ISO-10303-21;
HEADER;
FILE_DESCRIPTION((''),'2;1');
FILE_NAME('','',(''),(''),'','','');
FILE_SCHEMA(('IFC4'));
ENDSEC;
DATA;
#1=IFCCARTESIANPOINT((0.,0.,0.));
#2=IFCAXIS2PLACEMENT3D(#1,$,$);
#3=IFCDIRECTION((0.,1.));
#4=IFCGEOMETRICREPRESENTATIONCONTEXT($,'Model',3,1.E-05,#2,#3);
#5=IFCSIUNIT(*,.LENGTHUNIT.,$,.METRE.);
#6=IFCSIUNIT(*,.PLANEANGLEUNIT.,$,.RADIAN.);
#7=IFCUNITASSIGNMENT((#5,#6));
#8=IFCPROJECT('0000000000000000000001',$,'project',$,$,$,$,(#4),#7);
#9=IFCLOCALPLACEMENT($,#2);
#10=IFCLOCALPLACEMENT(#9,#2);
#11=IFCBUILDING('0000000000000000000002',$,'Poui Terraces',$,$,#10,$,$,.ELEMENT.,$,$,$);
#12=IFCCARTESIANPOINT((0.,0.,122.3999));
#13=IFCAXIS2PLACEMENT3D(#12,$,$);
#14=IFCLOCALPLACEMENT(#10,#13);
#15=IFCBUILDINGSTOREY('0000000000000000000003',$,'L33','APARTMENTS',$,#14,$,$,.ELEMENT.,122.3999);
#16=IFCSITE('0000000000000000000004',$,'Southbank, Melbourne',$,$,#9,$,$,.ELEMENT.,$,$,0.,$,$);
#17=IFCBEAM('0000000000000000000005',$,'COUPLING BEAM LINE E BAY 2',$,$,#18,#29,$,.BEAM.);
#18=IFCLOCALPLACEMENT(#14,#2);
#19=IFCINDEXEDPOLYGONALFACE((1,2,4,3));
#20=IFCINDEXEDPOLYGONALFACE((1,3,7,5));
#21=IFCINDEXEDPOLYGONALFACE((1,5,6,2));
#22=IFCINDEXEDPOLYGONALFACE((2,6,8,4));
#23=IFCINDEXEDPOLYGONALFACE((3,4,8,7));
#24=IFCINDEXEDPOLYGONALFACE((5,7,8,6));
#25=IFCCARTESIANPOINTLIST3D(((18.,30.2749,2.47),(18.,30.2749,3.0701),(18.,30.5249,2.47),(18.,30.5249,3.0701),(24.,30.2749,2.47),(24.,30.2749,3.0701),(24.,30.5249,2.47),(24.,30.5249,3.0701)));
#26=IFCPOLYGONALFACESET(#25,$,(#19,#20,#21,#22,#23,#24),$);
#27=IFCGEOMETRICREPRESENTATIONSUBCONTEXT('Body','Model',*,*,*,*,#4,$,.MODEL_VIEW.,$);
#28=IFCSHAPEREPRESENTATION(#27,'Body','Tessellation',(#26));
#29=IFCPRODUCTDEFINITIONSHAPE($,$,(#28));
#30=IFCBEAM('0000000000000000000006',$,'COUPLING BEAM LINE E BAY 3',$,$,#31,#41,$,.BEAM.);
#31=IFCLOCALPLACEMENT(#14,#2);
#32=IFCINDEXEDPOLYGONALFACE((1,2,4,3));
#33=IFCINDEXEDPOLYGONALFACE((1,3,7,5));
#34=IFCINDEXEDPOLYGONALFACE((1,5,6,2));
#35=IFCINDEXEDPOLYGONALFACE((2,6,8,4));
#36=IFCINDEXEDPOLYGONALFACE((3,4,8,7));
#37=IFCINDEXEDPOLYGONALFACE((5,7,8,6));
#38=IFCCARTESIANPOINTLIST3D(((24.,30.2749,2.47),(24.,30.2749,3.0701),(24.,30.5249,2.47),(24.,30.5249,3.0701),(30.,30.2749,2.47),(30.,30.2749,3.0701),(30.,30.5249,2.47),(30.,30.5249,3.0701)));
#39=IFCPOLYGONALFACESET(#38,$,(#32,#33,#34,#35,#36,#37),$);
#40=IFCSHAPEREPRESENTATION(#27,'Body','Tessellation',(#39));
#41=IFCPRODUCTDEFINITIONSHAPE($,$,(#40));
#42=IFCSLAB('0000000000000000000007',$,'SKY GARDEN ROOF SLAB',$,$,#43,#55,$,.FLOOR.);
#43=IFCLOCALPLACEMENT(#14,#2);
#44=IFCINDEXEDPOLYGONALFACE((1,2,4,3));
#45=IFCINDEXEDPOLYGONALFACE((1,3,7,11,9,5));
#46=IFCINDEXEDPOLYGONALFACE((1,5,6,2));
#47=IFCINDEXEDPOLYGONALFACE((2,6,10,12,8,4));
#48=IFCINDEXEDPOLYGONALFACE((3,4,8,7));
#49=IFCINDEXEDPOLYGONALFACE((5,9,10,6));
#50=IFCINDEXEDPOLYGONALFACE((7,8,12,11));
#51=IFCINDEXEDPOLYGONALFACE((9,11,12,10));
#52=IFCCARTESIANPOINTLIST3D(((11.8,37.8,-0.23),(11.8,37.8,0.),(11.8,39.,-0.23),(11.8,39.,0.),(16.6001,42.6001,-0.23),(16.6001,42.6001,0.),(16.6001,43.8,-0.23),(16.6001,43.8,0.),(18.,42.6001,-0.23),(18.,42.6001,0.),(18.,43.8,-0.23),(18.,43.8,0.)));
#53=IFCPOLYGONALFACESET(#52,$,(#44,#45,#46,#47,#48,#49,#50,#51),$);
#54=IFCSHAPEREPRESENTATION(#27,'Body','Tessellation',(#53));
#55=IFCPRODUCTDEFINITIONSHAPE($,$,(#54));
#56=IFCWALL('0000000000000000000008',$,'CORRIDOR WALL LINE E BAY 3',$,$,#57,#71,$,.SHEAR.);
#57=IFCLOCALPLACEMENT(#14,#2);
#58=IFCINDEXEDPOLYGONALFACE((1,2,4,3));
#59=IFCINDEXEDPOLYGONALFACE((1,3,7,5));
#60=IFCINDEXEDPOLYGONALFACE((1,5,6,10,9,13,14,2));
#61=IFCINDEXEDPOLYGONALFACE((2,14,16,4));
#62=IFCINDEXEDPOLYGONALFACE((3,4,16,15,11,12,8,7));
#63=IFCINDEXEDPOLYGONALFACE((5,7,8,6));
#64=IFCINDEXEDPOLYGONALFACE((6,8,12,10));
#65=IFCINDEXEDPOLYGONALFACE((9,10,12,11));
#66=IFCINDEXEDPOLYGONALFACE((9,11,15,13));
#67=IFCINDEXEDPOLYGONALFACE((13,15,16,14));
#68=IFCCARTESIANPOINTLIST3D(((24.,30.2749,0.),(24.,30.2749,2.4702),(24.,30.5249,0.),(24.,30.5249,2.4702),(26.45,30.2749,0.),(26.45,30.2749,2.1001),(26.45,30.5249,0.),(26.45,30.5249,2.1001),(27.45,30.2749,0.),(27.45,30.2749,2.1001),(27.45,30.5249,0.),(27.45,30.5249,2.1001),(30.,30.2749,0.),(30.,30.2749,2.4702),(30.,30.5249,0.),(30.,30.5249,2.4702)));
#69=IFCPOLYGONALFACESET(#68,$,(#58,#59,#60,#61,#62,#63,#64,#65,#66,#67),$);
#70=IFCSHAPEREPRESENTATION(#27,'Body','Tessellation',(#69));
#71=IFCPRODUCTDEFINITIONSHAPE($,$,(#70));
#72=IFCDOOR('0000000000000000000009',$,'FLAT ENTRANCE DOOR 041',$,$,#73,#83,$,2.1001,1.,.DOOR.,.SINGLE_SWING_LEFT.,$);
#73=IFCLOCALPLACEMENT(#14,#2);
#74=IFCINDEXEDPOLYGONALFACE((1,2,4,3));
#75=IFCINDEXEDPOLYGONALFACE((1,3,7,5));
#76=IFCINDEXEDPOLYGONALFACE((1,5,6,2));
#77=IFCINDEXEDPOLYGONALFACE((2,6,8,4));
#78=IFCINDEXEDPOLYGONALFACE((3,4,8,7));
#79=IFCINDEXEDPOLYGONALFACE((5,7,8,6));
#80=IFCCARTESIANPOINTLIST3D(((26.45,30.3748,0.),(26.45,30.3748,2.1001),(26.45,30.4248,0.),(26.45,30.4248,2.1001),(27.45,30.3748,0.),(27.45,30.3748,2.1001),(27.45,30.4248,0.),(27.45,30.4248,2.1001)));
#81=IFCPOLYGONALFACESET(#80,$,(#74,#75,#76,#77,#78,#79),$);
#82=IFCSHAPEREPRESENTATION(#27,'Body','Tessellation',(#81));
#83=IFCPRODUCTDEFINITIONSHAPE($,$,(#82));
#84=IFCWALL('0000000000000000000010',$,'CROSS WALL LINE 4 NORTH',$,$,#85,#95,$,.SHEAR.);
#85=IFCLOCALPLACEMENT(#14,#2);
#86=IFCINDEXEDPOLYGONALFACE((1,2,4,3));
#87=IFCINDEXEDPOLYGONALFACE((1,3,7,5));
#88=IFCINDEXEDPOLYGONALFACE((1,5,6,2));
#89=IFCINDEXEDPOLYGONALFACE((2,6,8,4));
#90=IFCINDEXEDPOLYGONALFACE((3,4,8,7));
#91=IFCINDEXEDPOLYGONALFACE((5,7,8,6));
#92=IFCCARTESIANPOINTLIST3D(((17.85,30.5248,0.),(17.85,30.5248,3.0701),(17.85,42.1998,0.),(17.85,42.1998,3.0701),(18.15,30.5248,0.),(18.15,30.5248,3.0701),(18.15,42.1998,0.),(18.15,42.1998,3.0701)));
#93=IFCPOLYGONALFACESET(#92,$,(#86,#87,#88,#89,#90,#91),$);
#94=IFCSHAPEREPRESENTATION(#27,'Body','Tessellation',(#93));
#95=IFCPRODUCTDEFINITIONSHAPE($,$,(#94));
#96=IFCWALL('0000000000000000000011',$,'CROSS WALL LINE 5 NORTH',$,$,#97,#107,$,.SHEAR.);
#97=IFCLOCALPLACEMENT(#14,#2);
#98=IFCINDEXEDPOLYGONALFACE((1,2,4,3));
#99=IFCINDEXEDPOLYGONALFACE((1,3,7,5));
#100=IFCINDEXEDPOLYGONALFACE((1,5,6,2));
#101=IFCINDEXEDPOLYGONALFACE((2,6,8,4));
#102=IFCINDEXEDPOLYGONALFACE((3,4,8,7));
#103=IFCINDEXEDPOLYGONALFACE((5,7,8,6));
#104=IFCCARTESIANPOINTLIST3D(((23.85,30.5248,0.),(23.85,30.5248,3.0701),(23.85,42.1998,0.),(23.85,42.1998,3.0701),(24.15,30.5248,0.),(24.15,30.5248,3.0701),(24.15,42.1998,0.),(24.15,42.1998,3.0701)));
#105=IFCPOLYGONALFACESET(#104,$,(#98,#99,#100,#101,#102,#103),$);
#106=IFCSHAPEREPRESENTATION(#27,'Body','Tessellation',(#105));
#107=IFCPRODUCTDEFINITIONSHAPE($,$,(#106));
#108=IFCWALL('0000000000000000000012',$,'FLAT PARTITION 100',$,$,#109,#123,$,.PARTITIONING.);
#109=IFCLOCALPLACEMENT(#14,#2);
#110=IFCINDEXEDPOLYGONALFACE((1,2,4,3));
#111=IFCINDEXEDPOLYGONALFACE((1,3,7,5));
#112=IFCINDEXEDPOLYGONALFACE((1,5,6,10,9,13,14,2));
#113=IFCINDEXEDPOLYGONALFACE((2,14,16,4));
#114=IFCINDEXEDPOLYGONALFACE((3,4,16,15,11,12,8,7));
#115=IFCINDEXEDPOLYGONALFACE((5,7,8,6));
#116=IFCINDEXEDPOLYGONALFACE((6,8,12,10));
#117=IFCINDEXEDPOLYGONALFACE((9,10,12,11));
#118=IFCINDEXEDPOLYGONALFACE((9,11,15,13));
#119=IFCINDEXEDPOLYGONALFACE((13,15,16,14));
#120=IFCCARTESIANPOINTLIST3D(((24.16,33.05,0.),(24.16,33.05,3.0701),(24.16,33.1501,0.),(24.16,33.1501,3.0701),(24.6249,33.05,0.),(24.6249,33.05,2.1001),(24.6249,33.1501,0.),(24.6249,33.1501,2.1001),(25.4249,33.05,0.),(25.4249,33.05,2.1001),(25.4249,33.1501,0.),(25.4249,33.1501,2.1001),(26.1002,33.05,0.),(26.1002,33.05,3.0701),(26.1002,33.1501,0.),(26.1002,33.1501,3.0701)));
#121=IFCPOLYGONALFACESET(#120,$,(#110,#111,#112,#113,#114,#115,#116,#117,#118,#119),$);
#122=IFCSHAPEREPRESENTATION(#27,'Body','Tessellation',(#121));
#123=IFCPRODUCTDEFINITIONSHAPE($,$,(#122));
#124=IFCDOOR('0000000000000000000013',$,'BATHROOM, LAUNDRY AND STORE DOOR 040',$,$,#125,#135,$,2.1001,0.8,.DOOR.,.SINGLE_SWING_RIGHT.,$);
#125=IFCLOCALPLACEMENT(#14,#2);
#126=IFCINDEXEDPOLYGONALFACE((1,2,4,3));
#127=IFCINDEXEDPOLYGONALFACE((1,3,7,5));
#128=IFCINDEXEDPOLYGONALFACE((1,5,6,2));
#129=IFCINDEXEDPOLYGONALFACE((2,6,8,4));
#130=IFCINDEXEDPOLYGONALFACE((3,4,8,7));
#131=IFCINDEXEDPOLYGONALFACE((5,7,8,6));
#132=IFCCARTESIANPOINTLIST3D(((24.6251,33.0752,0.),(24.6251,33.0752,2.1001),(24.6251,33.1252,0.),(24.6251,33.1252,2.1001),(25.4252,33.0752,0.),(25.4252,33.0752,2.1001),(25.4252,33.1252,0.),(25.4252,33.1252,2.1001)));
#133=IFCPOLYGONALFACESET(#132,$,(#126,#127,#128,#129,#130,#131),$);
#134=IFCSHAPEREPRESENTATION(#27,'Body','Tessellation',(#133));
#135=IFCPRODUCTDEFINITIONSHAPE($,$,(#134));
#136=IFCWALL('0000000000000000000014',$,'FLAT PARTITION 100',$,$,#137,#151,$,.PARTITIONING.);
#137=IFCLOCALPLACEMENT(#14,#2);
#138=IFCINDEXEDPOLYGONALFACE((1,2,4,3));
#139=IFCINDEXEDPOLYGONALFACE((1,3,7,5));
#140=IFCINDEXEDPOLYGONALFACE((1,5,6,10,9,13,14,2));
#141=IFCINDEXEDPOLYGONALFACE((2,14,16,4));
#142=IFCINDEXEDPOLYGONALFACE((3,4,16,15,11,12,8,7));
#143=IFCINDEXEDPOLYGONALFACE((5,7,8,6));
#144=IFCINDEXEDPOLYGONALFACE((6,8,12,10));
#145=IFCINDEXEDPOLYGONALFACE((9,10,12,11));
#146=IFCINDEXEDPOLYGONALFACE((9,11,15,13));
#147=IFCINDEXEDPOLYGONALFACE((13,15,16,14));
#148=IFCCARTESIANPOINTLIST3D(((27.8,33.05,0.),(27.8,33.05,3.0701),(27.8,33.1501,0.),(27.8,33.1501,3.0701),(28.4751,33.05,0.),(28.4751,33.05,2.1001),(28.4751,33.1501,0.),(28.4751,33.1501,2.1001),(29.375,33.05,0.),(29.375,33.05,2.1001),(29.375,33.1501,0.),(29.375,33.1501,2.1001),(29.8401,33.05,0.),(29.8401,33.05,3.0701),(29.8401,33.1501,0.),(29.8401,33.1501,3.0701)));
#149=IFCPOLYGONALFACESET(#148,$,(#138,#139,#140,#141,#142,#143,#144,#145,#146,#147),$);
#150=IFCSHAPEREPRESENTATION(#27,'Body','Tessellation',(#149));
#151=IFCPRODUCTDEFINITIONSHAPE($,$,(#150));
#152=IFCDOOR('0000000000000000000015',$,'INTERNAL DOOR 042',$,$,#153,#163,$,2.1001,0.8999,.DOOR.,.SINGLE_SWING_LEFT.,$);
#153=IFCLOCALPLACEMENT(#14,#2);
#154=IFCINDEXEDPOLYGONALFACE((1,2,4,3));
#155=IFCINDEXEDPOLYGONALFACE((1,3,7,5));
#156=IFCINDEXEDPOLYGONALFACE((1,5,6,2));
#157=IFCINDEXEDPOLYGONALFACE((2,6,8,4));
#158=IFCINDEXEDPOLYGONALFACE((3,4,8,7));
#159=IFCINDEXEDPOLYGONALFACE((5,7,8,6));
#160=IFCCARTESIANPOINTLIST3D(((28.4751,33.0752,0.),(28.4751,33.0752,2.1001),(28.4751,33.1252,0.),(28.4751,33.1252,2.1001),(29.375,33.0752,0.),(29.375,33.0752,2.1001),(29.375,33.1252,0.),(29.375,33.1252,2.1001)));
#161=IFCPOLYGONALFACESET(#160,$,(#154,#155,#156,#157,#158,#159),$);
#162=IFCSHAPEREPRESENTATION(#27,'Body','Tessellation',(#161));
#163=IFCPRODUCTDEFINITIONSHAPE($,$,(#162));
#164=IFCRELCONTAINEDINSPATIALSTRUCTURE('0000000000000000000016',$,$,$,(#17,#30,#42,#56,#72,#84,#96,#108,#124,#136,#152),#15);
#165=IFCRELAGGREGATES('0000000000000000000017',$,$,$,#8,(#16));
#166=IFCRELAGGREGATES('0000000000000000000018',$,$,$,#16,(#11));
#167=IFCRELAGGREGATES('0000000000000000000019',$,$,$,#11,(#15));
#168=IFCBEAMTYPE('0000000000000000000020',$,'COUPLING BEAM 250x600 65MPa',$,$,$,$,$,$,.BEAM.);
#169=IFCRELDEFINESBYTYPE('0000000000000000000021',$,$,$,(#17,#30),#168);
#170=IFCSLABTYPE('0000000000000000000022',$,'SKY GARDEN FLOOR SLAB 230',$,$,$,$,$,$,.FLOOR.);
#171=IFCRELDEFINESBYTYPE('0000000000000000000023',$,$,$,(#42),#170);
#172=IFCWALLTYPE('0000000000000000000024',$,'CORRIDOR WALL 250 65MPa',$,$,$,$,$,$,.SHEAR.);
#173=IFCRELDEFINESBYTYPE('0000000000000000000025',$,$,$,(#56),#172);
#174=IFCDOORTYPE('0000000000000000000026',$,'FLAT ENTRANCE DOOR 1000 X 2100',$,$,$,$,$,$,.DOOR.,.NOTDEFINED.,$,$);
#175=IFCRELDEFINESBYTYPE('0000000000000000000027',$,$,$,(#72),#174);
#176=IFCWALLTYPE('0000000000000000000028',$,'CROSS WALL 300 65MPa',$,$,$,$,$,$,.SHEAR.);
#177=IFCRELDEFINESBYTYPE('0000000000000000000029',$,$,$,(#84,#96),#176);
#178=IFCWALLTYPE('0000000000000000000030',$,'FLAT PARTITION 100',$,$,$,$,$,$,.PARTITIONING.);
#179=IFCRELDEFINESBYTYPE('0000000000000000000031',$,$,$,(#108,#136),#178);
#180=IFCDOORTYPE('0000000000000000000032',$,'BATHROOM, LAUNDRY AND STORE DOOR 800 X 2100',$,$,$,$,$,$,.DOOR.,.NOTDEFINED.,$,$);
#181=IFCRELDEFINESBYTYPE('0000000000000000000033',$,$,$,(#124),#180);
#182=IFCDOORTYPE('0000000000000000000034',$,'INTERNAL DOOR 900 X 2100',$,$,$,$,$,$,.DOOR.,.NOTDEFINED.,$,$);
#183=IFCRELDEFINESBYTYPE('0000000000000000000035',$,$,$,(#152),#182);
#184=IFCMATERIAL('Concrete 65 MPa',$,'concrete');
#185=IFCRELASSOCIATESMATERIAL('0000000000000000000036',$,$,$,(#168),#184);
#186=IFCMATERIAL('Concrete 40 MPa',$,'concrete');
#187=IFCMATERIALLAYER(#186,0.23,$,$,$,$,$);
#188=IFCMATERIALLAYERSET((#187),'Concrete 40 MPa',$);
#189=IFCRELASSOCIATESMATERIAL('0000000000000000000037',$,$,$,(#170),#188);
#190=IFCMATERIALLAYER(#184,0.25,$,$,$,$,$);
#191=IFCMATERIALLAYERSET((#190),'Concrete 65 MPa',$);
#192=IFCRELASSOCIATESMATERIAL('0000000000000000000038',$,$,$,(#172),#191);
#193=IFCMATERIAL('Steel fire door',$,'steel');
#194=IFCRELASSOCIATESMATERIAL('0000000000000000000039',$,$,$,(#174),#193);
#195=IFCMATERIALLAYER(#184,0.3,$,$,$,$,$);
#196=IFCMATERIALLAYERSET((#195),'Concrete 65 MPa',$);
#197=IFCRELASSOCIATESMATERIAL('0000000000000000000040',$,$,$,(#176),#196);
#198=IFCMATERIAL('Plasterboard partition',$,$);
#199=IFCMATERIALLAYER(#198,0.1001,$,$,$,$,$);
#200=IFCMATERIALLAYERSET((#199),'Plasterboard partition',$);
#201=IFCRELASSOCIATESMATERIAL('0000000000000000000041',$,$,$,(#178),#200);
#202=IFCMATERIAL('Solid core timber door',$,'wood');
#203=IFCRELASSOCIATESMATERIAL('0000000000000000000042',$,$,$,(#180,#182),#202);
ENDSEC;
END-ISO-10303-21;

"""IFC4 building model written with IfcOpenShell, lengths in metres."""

from ifc_helpers import new_model, si_unit, direction, frame, frame_2d, origin, origin_2d, place, context, subcontext, project, spatial, polyline, rectangle, outline, extrude, source, transform, mapped, material, layer, layer_set, material_profile, profile_set, type_object, element, fill, save


model = new_model("IFC4")

# Units and contexts
model_context = context("Model", 3, precision=1e-05, world=origin(), true_north=direction((0.0, 1.0)))
body_context = subcontext(model_context, "Body", "Model", "MODEL_VIEW")
ifc_project = project(units=[si_unit("LENGTHUNIT", "METRE"), si_unit("PLANEANGLEUNIT", "RADIAN")], contexts=[model_context])

# Site, building, storey
site_placement = place(None, origin())
site = spatial("IfcSite", under=ifc_project, at=site_placement, Name="Southbank, Melbourne", CompositionType="ELEMENT", RefElevation=0.0)
building_placement = place(site_placement, origin())
building = spatial("IfcBuilding", under=site, at=building_placement, Name="Poui Terraces", CompositionType="ELEMENT")
storey_placement = place(building_placement, frame((0.0, 0.0, 122.3999)))
storey = spatial("IfcBuildingStorey", under=building, at=storey_placement, Name="L33", Description="APARTMENTS", CompositionType="ELEMENT", Elevation=122.3999)

# Beams
ifc_material_1 = material(Name="Concrete 65 MPa", Category="concrete")
ifc_material_profile_1 = material_profile(ifc_material_1, rectangle(XDim=0.25, YDim=0.6001, at=origin_2d()), Name="RC 250x600")
ifc_profile_set_1 = profile_set([ifc_material_profile_1], Name="Concrete 65 MPa")
beam_type = type_object("IfcBeamType", Name="COUPLING BEAM 250x600 65MPa", PredefinedType="BEAM", material=ifc_profile_set_1)
shared_shape_1 = source(origin(), body_context, "Body", "SweptSolid", [
    extrude(rectangle(XDim=0.25, YDim=0.6001, at=origin_2d()), origin(), (0.0, 0.0, 1.0), 6.0),
])
for number, where, z_axis, x_axis, name in (
    (1, (18.0, 30.3999, 2.77), (1.0, 0.0, 0.0), (0.0, 1.0, 0.0), "COUPLING BEAM LINE E BAY 2"),
    (2, (24.0, 30.3999, 2.77), (1.0, 0.0, 0.0), (0.0, 1.0, 0.0), "COUPLING BEAM LINE E BAY 3"),
):
    element("IfcBeam", number, at=place(storey_placement, frame(where, z_axis=z_axis, x_axis=x_axis)), inside=storey, type_object=beam_type, Name=name, PredefinedType="BEAM", context=body_context, shape_type="MappedRepresentation", body=[
        mapped(shared_shape_1, transform((0.0, 0.0, 0.0))),
    ])

# Slab
ifc_material_2 = material(Name="Concrete 40 MPa", Category="concrete")
ifc_layer_1 = layer(ifc_material_2, 0.23)
ifc_layer_set_1 = layer_set([ifc_layer_1], Name="Concrete 40 MPa")
slab_type = type_object("IfcSlabType", Name="SKY GARDEN FLOOR SLAB 230", PredefinedType="FLOOR", material=ifc_layer_set_1)
shared_shape_2 = source(origin(), body_context, "Body", "SweptSolid", [
    extrude(outline(polyline([(0.0, 0.0), (0.0, 1.2), (-1.3999, 1.2), (-6.2, -3.6001), (-6.2, -4.8), (-1.3999, 0.0), (0.0, 0.0)])), origin(), (0.0, 0.0, 1.0), 0.23),
])
slab_placement = place(storey_placement, frame((18.0, 42.6001, -0.23)))
element("IfcSlab", 3, at=slab_placement, inside=storey, type_object=slab_type, Name="SKY GARDEN ROOF SLAB", PredefinedType="FLOOR", context=body_context, shape_type="MappedRepresentation", body=[
    mapped(shared_shape_2, transform((0.0, 0.0, 0.0))),
])

# Wall, opening, door
ifc_layer_2 = layer(ifc_material_1, 0.25)
ifc_layer_set_2 = layer_set([ifc_layer_2], Name="Concrete 65 MPa")
wall_type_1 = type_object("IfcWallType", Name="CORRIDOR WALL 250 65MPa", PredefinedType="SHEAR", material=ifc_layer_set_2)
wall_1_placement = place(storey_placement, frame((24.0, 30.3999, 0.0), z_axis=(0.0, 0.0, 1.0), x_axis=(1.0, 0.0, 0.0)))
wall_1 = element("IfcWall", 4, at=wall_1_placement, inside=storey, type_object=wall_type_1, Name="CORRIDOR WALL LINE E BAY 3", PredefinedType="SHEAR", context=body_context, shape_type="SweptSolid", body=[
    extrude(rectangle(XDim=6.0, YDim=0.25, at=frame_2d((3.0, 0.0))), origin(), (0.0, 0.0, 1.0), 2.4702),
])
opening_1_placement = place(wall_1_placement, frame((2.45, 0.0, 0.0)))
opening_1 = element("IfcOpeningElement", 5, at=opening_1_placement, cuts=wall_1, PredefinedType="OPENING", context=body_context, shape_type="SweptSolid", body=[
    extrude(rectangle(XDim=1.0, YDim=2.1001, at=frame_2d((0.5, 1.05))), frame((0.0, 0.135, 0.0), z_axis=(0.0, -1.0, 0.0), x_axis=(1.0, 0.0, 0.0)), (0.0, 0.0, 1.0), 0.27),
])
ifc_material_3 = material(Name="Steel fire door", Category="steel")
door_type_1 = type_object("IfcDoorType", Name="FLAT ENTRANCE DOOR 1000 X 2100", OperationType="NOTDEFINED", PredefinedType="DOOR", material=ifc_material_3)
door_1_placement = place(opening_1_placement, origin())
door_1 = element("IfcDoor", 6, at=door_1_placement, inside=storey, type_object=door_type_1, Name="FLAT ENTRANCE DOOR 041", OperationType="SINGLE_SWING_LEFT", OverallHeight=2.1001, OverallWidth=1.0, PredefinedType="DOOR", context=body_context, shape_type="SweptSolid", body=[
    extrude(rectangle(XDim=1.0, YDim=2.1001, at=frame_2d((0.5, 1.05))), frame((0.0, 0.0249, 0.0), z_axis=(0.0, -1.0, 0.0), x_axis=(1.0, 0.0, 0.0)), (0.0, 0.0, 1.0), 0.05),
])
fill(opening_1, door_1)

# Walls
ifc_layer_3 = layer(ifc_material_1, 0.3)
ifc_layer_set_3 = layer_set([ifc_layer_3], Name="Concrete 65 MPa")
wall_type_2 = type_object("IfcWallType", Name="CROSS WALL 300 65MPa", PredefinedType="SHEAR", material=ifc_layer_set_3)
for number, where, z_axis, x_axis, name in (
    (7, (18.0, 30.5249, 0.0), (0.0, 0.0, 1.0), (0.0, 1.0, 0.0), "CROSS WALL LINE 4 NORTH"),
    (8, (24.0, 30.5249, 0.0), (0.0, 0.0, 1.0), (0.0, 1.0, 0.0), "CROSS WALL LINE 5 NORTH"),
):
    element("IfcWall", number, at=place(storey_placement, frame(where, z_axis=z_axis, x_axis=x_axis)), inside=storey, type_object=wall_type_2, Name=name, PredefinedType="SHEAR", context=body_context, shape_type="SweptSolid", body=[
        extrude(rectangle(XDim=11.675, YDim=0.3, at=frame_2d((5.8374, 0.0))), origin(), (0.0, 0.0, 1.0), 3.0701),
    ])

# Walls, openings, doors
ifc_material_4 = material(Name="Plasterboard partition")
ifc_layer_4 = layer(ifc_material_4, 0.1001)
ifc_layer_set_4 = layer_set([ifc_layer_4], Name="Plasterboard partition")
wall_type_3 = type_object("IfcWallType", Name="FLAT PARTITION 100", PredefinedType="PARTITIONING", material=ifc_layer_set_4)
wall_2_placement = place(storey_placement, frame((24.1599, 33.1001, 0.0), z_axis=(0.0, 0.0, 1.0), x_axis=(1.0, 0.0, 0.0)))
wall_2 = element("IfcWall", 9, at=wall_2_placement, inside=storey, type_object=wall_type_3, Name="FLAT PARTITION 100", PredefinedType="PARTITIONING", context=body_context, shape_type="SweptSolid", body=[
    extrude(rectangle(XDim=1.9402, YDim=0.1001, at=frame_2d((0.9702, 0.0))), origin(), (0.0, 0.0, 1.0), 3.0701),
])
opening_2_placement = place(wall_2_placement, frame((0.4651, 0.0, 0.0)))
opening_2 = element("IfcOpeningElement", 10, at=opening_2_placement, cuts=wall_2, PredefinedType="OPENING", context=body_context, shape_type="SweptSolid", body=[
    extrude(rectangle(XDim=0.8, YDim=2.1001, at=frame_2d((0.3999, 1.05))), frame((0.0, 0.0601, 0.0), z_axis=(0.0, -1.0, 0.0), x_axis=(1.0, 0.0, 0.0)), (0.0, 0.0, 1.0), 0.1201),
])
ifc_material_5 = material(Name="Solid core timber door", Category="wood")
door_type_2 = type_object("IfcDoorType", Name="BATHROOM, LAUNDRY AND STORE DOOR 800 X 2100", OperationType="NOTDEFINED", PredefinedType="DOOR", material=ifc_material_5)
door_2_placement = place(opening_2_placement, frame((0.8, 0.0, 0.0), z_axis=(0.0, 0.0, 1.0), x_axis=(-1.0, 0.0, 0.0)))
door_2 = element("IfcDoor", 11, at=door_2_placement, inside=storey, type_object=door_type_2, Name="BATHROOM, LAUNDRY AND STORE DOOR 040", OperationType="SINGLE_SWING_RIGHT", OverallHeight=2.1001, OverallWidth=0.8, PredefinedType="DOOR", context=body_context, shape_type="SweptSolid", body=[
    extrude(rectangle(XDim=0.8, YDim=2.1001, at=frame_2d((0.3999, 1.05))), frame((0.0, 0.0249, 0.0), z_axis=(0.0, -1.0, 0.0), x_axis=(1.0, 0.0, 0.0)), (0.0, 0.0, 1.0), 0.05),
])
fill(opening_2, door_2)
wall_3_placement = place(storey_placement, frame((27.8, 33.1001, 0.0), z_axis=(0.0, 0.0, 1.0), x_axis=(1.0, 0.0, 0.0)))
wall_3 = element("IfcWall", 12, at=wall_3_placement, inside=storey, type_object=wall_type_3, Name="FLAT PARTITION 100", PredefinedType="PARTITIONING", context=body_context, shape_type="SweptSolid", body=[
    extrude(rectangle(XDim=2.04, YDim=0.1001, at=frame_2d((1.02, 0.0))), origin(), (0.0, 0.0, 1.0), 3.0701),
])
opening_3_placement = place(wall_3_placement, frame((0.675, 0.0, 0.0)))
opening_3 = element("IfcOpeningElement", 13, at=opening_3_placement, cuts=wall_3, PredefinedType="OPENING", context=body_context, shape_type="SweptSolid", body=[
    extrude(rectangle(XDim=0.8999, YDim=2.1001, at=frame_2d((0.45, 1.05))), frame((0.0, 0.0601, 0.0), z_axis=(0.0, -1.0, 0.0), x_axis=(1.0, 0.0, 0.0)), (0.0, 0.0, 1.0), 0.1201),
])
door_type_3 = type_object("IfcDoorType", Name="INTERNAL DOOR 900 X 2100", OperationType="NOTDEFINED", PredefinedType="DOOR", material=ifc_material_5)
door_3_placement = place(opening_3_placement, frame((0.8999, 0.0, 0.0), z_axis=(0.0, 0.0, 1.0), x_axis=(-1.0, 0.0, 0.0)))
door_3 = element("IfcDoor", 14, at=door_3_placement, inside=storey, type_object=door_type_3, Name="INTERNAL DOOR 042", OperationType="SINGLE_SWING_LEFT", OverallHeight=2.1001, OverallWidth=0.8999, PredefinedType="DOOR", context=body_context, shape_type="SweptSolid", body=[
    extrude(rectangle(XDim=0.8999, YDim=2.1001, at=frame_2d((0.45, 1.05))), frame((0.0, 0.0249, 0.0), z_axis=(0.0, -1.0, 0.0), x_axis=(1.0, 0.0, 0.0)), (0.0, 0.0, 1.0), 0.05),
])
fill(opening_3, door_3)

save(model, "model.ifc")
